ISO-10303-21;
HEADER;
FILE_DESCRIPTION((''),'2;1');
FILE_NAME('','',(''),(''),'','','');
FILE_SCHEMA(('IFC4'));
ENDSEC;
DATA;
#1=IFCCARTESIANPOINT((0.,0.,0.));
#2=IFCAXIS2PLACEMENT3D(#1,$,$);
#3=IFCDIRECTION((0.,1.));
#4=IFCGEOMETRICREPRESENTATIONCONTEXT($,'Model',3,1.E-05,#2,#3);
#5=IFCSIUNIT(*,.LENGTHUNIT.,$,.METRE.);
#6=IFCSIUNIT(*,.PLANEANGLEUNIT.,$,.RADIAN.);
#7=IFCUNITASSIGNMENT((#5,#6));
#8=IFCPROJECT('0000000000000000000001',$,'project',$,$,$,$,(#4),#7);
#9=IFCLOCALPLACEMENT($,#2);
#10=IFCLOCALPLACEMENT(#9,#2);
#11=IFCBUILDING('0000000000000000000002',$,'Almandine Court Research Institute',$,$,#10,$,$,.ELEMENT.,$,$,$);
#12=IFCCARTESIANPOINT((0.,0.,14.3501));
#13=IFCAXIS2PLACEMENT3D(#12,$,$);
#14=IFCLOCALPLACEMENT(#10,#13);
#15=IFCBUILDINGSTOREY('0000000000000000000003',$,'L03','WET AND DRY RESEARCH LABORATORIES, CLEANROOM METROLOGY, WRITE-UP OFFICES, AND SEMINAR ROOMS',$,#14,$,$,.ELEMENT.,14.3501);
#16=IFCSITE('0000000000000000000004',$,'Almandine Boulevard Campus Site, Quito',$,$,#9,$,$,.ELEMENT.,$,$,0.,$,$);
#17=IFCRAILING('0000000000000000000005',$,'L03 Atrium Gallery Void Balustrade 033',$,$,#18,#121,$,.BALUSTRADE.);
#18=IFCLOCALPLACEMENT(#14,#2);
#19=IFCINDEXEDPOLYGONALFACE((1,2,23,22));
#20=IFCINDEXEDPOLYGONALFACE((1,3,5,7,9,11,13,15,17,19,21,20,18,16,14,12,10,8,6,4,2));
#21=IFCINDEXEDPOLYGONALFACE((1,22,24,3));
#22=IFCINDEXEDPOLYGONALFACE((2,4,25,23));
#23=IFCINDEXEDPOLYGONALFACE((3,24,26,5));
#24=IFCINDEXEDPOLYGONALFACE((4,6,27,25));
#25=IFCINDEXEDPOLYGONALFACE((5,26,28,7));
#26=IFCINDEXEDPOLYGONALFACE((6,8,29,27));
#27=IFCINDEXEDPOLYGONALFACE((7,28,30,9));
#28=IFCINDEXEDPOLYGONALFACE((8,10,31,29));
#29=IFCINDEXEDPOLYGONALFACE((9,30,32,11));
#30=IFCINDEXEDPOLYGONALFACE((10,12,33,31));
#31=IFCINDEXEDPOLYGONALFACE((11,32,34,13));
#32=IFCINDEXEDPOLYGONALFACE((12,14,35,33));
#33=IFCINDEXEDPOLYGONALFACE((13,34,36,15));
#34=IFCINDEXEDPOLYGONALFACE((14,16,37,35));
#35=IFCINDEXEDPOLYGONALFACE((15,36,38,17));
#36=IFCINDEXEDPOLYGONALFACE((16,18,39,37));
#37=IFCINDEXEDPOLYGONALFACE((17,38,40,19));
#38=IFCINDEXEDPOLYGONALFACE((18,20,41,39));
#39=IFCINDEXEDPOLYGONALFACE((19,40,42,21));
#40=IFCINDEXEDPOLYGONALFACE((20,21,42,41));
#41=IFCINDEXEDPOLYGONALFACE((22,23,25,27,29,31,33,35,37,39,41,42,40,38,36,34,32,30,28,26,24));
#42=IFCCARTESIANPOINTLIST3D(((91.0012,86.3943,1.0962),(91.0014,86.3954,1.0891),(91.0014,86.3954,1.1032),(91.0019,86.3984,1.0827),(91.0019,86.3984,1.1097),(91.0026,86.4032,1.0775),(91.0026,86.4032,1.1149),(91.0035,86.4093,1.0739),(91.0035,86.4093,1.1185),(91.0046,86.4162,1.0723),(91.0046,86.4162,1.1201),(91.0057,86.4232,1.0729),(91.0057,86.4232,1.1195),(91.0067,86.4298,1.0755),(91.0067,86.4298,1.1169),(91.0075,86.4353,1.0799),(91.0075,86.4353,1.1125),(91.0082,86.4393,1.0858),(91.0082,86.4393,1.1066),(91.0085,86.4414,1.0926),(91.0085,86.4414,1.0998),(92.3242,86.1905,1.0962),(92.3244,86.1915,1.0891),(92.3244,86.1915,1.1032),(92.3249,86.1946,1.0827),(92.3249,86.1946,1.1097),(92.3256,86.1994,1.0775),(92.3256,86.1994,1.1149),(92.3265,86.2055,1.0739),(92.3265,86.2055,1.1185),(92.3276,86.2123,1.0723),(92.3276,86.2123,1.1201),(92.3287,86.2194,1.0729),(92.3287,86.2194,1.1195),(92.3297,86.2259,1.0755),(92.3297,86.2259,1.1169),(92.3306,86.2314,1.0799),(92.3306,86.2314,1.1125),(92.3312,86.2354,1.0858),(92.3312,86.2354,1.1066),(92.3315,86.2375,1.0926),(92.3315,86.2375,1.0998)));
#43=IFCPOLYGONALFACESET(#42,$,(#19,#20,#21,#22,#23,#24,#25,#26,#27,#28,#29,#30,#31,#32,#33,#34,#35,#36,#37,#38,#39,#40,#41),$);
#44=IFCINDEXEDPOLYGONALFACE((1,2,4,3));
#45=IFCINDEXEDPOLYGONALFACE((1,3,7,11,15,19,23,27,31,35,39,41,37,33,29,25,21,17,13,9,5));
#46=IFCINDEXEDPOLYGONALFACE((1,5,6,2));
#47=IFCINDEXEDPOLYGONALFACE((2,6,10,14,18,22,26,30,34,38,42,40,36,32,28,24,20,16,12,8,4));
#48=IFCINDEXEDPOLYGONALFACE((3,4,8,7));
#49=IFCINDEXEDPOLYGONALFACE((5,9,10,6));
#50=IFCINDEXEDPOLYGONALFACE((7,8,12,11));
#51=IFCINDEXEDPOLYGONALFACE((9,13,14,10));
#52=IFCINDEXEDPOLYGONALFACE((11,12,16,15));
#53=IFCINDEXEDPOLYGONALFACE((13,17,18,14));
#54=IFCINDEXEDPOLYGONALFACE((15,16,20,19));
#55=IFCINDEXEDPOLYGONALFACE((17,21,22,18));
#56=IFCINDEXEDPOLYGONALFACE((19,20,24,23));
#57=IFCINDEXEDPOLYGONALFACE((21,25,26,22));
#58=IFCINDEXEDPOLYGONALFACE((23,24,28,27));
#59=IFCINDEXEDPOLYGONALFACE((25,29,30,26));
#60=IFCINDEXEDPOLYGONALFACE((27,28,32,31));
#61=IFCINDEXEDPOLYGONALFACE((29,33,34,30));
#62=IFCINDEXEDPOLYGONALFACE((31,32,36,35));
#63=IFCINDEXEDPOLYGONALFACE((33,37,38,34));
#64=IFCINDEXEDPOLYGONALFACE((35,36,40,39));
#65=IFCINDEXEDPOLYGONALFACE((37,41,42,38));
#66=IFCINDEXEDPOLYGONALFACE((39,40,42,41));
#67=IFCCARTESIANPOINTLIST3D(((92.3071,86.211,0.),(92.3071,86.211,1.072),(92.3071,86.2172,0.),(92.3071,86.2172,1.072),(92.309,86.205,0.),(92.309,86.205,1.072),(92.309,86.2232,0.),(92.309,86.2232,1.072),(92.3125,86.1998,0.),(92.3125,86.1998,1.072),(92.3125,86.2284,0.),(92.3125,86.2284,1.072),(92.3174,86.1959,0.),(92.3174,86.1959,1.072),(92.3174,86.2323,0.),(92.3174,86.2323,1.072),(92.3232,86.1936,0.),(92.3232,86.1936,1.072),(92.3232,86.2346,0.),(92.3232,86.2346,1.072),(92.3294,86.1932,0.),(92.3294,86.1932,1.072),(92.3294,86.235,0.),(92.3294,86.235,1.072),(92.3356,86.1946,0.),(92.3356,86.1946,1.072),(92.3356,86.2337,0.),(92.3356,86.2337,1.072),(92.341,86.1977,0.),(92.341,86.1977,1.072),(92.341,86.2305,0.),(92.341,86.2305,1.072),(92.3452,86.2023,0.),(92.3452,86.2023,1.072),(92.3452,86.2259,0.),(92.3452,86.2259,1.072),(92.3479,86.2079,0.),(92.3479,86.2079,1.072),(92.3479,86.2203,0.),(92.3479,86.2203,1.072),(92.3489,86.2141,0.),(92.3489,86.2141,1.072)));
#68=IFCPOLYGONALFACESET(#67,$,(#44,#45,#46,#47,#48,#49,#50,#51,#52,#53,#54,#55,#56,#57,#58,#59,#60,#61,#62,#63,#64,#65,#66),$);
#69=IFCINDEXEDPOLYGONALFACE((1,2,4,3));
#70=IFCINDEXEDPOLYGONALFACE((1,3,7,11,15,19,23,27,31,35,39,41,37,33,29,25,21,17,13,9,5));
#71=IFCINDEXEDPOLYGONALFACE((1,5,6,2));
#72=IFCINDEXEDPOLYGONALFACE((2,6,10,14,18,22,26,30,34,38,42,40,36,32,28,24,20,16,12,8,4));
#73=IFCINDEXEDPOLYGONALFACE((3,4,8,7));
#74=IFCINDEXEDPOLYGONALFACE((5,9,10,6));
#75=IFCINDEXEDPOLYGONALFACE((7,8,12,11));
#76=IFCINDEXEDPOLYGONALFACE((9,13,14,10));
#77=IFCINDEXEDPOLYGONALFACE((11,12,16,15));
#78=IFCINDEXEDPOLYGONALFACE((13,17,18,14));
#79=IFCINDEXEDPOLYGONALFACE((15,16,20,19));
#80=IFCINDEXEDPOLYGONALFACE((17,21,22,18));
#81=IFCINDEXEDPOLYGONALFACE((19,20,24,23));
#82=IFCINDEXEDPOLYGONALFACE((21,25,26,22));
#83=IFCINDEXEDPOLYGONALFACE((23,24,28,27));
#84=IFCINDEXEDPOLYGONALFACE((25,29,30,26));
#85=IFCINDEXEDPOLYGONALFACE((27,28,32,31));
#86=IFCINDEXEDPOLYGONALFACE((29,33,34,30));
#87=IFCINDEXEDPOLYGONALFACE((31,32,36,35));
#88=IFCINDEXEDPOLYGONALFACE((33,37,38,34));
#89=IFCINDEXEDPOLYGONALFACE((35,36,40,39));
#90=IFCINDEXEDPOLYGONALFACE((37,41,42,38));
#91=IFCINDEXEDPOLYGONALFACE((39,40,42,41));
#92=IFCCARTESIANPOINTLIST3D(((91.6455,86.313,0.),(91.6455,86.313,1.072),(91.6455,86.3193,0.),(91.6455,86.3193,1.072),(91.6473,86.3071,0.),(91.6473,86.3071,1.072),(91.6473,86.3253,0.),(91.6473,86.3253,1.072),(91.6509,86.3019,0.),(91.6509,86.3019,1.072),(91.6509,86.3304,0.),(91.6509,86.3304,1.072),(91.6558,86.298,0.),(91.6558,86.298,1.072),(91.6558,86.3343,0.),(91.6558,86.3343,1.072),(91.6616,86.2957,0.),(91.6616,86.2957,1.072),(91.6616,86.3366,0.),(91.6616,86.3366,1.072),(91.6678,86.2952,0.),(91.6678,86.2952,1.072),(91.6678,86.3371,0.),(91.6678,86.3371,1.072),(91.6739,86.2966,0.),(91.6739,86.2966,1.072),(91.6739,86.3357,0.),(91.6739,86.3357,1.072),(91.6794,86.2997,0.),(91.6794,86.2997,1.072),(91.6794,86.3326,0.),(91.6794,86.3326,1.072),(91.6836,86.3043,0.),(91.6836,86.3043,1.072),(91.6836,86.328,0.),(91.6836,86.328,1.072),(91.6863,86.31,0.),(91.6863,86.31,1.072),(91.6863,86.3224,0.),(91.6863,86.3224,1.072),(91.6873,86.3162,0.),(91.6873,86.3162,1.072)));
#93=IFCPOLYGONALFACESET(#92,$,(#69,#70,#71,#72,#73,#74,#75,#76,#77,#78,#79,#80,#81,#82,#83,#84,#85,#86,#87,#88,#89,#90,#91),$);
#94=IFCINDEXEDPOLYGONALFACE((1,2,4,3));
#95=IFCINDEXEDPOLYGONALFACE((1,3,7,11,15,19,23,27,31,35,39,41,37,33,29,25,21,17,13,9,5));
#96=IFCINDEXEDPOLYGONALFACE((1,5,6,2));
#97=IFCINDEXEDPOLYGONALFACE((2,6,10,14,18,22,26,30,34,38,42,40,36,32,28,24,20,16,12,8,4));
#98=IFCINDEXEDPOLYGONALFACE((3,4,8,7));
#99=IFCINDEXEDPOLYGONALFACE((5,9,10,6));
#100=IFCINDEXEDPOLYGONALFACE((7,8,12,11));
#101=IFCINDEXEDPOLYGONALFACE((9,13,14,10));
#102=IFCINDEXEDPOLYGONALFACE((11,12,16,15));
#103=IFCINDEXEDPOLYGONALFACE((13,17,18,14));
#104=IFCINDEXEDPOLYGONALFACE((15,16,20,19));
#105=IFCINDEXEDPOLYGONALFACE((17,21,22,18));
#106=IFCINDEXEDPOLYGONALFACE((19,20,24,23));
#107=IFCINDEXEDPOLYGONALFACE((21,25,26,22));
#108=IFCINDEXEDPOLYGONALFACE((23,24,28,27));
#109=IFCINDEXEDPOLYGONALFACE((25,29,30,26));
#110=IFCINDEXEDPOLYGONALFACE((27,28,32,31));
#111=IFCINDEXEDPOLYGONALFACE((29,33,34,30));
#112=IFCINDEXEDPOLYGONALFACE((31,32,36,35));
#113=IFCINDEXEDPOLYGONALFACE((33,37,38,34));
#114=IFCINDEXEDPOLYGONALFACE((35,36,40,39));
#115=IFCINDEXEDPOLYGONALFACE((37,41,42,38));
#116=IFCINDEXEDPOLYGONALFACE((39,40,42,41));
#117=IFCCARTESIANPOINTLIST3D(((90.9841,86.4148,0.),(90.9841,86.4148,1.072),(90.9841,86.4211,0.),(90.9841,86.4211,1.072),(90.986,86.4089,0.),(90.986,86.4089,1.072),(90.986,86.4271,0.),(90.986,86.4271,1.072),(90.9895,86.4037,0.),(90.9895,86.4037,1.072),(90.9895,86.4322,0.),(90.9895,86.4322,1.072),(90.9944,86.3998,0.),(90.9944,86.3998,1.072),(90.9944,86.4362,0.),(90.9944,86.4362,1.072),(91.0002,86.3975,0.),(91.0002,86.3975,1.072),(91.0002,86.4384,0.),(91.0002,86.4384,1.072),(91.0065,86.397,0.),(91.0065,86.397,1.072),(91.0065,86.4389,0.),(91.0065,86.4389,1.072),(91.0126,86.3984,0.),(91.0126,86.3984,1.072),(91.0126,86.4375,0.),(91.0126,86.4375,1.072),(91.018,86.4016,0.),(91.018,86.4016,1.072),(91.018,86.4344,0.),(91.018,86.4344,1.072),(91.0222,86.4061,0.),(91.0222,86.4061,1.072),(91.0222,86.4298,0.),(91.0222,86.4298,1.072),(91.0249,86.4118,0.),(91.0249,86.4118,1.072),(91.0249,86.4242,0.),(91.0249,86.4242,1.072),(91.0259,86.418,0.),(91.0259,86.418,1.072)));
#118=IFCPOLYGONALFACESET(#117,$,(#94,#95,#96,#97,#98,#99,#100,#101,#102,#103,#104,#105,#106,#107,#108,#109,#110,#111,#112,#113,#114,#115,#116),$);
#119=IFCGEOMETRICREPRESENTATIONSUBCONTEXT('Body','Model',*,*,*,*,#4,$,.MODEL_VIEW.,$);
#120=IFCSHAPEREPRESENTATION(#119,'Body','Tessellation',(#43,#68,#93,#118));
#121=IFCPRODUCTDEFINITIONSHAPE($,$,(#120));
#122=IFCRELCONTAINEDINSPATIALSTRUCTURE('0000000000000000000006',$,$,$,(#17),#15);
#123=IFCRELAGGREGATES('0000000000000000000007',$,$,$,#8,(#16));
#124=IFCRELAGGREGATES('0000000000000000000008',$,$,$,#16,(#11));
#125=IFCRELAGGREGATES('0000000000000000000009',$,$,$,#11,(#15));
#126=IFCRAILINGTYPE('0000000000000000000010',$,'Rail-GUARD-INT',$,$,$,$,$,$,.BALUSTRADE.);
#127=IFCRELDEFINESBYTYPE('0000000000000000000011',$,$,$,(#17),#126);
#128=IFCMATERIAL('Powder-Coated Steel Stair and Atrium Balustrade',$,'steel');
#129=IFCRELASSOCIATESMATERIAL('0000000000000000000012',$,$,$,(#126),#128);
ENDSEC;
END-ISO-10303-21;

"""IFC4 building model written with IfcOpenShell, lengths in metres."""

from ifc_helpers import new_model, si_unit, direction, frame, origin, origin_2d, place, context, subcontext, project, spatial, circle, extrude, material, type_object, element, save


model = new_model("IFC4")

# Units and contexts
model_context = context("Model", 3, precision=1e-05, world=origin(), true_north=direction((0.0, 1.0)))
body_context = subcontext(model_context, "Body", "Model", "MODEL_VIEW")
ifc_project = project(units=[si_unit("LENGTHUNIT", "METRE"), si_unit("PLANEANGLEUNIT", "RADIAN")], contexts=[model_context])

# Site, building, storey
site_placement = place(None, origin())
site = spatial("IfcSite", under=ifc_project, at=site_placement, Name="Almandine Boulevard Campus Site, Quito", CompositionType="ELEMENT", RefElevation=0.0)
building_placement = place(site_placement, origin())
building = spatial("IfcBuilding", under=site, at=building_placement, Name="Almandine Court Research Institute", CompositionType="ELEMENT")
storey_placement = place(building_placement, frame((0.0, 0.0, 14.3501)))
storey = spatial("IfcBuildingStorey", under=building, at=storey_placement, Name="L03", Description="WET AND DRY RESEARCH LABORATORIES, CLEANROOM METROLOGY, WRITE-UP OFFICES, AND SEMINAR ROOMS", CompositionType="ELEMENT", Elevation=14.3501)

# Railing
ifc_material_1 = material(Name="Powder-Coated Steel Stair and Atrium Balustrade", Category="steel")
railing_type = type_object("IfcRailingType", Name="Rail-GUARD-INT", PredefinedType="BALUSTRADE", material=ifc_material_1)
railing_1_placement = place(storey_placement, frame((92.3279, 86.2141, 0.0)))
element("IfcRailing", 1, at=railing_1_placement, inside=storey, type_object=railing_type, Name="L03 Atrium Gallery Void Balustrade 033", PredefinedType="BALUSTRADE", context=body_context, shape_type="SweptSolid", body=[
    extrude(circle(Radius=0.0239, at=origin_2d()), frame((0.0, 0.0, 1.0962), z_axis=(-0.988336, 0.15229, 0.0), x_axis=(-0.15229, -0.988336, 0.0)), (0.0, 0.0, 1.0), 1.3386),
    extrude(circle(Radius=0.021, at=origin_2d()), origin(), (0.0, 0.0, 1.0), 1.072),
    extrude(circle(Radius=0.021, at=origin_2d()), frame((-0.6616, 0.1021, 0.0)), (0.0, 0.0, 1.0), 1.072),
    extrude(circle(Radius=0.021, at=origin_2d()), frame((-1.323, 0.2039, 0.0)), (0.0, 0.0, 1.0), 1.072),
])

save(model, "model.ifc")
